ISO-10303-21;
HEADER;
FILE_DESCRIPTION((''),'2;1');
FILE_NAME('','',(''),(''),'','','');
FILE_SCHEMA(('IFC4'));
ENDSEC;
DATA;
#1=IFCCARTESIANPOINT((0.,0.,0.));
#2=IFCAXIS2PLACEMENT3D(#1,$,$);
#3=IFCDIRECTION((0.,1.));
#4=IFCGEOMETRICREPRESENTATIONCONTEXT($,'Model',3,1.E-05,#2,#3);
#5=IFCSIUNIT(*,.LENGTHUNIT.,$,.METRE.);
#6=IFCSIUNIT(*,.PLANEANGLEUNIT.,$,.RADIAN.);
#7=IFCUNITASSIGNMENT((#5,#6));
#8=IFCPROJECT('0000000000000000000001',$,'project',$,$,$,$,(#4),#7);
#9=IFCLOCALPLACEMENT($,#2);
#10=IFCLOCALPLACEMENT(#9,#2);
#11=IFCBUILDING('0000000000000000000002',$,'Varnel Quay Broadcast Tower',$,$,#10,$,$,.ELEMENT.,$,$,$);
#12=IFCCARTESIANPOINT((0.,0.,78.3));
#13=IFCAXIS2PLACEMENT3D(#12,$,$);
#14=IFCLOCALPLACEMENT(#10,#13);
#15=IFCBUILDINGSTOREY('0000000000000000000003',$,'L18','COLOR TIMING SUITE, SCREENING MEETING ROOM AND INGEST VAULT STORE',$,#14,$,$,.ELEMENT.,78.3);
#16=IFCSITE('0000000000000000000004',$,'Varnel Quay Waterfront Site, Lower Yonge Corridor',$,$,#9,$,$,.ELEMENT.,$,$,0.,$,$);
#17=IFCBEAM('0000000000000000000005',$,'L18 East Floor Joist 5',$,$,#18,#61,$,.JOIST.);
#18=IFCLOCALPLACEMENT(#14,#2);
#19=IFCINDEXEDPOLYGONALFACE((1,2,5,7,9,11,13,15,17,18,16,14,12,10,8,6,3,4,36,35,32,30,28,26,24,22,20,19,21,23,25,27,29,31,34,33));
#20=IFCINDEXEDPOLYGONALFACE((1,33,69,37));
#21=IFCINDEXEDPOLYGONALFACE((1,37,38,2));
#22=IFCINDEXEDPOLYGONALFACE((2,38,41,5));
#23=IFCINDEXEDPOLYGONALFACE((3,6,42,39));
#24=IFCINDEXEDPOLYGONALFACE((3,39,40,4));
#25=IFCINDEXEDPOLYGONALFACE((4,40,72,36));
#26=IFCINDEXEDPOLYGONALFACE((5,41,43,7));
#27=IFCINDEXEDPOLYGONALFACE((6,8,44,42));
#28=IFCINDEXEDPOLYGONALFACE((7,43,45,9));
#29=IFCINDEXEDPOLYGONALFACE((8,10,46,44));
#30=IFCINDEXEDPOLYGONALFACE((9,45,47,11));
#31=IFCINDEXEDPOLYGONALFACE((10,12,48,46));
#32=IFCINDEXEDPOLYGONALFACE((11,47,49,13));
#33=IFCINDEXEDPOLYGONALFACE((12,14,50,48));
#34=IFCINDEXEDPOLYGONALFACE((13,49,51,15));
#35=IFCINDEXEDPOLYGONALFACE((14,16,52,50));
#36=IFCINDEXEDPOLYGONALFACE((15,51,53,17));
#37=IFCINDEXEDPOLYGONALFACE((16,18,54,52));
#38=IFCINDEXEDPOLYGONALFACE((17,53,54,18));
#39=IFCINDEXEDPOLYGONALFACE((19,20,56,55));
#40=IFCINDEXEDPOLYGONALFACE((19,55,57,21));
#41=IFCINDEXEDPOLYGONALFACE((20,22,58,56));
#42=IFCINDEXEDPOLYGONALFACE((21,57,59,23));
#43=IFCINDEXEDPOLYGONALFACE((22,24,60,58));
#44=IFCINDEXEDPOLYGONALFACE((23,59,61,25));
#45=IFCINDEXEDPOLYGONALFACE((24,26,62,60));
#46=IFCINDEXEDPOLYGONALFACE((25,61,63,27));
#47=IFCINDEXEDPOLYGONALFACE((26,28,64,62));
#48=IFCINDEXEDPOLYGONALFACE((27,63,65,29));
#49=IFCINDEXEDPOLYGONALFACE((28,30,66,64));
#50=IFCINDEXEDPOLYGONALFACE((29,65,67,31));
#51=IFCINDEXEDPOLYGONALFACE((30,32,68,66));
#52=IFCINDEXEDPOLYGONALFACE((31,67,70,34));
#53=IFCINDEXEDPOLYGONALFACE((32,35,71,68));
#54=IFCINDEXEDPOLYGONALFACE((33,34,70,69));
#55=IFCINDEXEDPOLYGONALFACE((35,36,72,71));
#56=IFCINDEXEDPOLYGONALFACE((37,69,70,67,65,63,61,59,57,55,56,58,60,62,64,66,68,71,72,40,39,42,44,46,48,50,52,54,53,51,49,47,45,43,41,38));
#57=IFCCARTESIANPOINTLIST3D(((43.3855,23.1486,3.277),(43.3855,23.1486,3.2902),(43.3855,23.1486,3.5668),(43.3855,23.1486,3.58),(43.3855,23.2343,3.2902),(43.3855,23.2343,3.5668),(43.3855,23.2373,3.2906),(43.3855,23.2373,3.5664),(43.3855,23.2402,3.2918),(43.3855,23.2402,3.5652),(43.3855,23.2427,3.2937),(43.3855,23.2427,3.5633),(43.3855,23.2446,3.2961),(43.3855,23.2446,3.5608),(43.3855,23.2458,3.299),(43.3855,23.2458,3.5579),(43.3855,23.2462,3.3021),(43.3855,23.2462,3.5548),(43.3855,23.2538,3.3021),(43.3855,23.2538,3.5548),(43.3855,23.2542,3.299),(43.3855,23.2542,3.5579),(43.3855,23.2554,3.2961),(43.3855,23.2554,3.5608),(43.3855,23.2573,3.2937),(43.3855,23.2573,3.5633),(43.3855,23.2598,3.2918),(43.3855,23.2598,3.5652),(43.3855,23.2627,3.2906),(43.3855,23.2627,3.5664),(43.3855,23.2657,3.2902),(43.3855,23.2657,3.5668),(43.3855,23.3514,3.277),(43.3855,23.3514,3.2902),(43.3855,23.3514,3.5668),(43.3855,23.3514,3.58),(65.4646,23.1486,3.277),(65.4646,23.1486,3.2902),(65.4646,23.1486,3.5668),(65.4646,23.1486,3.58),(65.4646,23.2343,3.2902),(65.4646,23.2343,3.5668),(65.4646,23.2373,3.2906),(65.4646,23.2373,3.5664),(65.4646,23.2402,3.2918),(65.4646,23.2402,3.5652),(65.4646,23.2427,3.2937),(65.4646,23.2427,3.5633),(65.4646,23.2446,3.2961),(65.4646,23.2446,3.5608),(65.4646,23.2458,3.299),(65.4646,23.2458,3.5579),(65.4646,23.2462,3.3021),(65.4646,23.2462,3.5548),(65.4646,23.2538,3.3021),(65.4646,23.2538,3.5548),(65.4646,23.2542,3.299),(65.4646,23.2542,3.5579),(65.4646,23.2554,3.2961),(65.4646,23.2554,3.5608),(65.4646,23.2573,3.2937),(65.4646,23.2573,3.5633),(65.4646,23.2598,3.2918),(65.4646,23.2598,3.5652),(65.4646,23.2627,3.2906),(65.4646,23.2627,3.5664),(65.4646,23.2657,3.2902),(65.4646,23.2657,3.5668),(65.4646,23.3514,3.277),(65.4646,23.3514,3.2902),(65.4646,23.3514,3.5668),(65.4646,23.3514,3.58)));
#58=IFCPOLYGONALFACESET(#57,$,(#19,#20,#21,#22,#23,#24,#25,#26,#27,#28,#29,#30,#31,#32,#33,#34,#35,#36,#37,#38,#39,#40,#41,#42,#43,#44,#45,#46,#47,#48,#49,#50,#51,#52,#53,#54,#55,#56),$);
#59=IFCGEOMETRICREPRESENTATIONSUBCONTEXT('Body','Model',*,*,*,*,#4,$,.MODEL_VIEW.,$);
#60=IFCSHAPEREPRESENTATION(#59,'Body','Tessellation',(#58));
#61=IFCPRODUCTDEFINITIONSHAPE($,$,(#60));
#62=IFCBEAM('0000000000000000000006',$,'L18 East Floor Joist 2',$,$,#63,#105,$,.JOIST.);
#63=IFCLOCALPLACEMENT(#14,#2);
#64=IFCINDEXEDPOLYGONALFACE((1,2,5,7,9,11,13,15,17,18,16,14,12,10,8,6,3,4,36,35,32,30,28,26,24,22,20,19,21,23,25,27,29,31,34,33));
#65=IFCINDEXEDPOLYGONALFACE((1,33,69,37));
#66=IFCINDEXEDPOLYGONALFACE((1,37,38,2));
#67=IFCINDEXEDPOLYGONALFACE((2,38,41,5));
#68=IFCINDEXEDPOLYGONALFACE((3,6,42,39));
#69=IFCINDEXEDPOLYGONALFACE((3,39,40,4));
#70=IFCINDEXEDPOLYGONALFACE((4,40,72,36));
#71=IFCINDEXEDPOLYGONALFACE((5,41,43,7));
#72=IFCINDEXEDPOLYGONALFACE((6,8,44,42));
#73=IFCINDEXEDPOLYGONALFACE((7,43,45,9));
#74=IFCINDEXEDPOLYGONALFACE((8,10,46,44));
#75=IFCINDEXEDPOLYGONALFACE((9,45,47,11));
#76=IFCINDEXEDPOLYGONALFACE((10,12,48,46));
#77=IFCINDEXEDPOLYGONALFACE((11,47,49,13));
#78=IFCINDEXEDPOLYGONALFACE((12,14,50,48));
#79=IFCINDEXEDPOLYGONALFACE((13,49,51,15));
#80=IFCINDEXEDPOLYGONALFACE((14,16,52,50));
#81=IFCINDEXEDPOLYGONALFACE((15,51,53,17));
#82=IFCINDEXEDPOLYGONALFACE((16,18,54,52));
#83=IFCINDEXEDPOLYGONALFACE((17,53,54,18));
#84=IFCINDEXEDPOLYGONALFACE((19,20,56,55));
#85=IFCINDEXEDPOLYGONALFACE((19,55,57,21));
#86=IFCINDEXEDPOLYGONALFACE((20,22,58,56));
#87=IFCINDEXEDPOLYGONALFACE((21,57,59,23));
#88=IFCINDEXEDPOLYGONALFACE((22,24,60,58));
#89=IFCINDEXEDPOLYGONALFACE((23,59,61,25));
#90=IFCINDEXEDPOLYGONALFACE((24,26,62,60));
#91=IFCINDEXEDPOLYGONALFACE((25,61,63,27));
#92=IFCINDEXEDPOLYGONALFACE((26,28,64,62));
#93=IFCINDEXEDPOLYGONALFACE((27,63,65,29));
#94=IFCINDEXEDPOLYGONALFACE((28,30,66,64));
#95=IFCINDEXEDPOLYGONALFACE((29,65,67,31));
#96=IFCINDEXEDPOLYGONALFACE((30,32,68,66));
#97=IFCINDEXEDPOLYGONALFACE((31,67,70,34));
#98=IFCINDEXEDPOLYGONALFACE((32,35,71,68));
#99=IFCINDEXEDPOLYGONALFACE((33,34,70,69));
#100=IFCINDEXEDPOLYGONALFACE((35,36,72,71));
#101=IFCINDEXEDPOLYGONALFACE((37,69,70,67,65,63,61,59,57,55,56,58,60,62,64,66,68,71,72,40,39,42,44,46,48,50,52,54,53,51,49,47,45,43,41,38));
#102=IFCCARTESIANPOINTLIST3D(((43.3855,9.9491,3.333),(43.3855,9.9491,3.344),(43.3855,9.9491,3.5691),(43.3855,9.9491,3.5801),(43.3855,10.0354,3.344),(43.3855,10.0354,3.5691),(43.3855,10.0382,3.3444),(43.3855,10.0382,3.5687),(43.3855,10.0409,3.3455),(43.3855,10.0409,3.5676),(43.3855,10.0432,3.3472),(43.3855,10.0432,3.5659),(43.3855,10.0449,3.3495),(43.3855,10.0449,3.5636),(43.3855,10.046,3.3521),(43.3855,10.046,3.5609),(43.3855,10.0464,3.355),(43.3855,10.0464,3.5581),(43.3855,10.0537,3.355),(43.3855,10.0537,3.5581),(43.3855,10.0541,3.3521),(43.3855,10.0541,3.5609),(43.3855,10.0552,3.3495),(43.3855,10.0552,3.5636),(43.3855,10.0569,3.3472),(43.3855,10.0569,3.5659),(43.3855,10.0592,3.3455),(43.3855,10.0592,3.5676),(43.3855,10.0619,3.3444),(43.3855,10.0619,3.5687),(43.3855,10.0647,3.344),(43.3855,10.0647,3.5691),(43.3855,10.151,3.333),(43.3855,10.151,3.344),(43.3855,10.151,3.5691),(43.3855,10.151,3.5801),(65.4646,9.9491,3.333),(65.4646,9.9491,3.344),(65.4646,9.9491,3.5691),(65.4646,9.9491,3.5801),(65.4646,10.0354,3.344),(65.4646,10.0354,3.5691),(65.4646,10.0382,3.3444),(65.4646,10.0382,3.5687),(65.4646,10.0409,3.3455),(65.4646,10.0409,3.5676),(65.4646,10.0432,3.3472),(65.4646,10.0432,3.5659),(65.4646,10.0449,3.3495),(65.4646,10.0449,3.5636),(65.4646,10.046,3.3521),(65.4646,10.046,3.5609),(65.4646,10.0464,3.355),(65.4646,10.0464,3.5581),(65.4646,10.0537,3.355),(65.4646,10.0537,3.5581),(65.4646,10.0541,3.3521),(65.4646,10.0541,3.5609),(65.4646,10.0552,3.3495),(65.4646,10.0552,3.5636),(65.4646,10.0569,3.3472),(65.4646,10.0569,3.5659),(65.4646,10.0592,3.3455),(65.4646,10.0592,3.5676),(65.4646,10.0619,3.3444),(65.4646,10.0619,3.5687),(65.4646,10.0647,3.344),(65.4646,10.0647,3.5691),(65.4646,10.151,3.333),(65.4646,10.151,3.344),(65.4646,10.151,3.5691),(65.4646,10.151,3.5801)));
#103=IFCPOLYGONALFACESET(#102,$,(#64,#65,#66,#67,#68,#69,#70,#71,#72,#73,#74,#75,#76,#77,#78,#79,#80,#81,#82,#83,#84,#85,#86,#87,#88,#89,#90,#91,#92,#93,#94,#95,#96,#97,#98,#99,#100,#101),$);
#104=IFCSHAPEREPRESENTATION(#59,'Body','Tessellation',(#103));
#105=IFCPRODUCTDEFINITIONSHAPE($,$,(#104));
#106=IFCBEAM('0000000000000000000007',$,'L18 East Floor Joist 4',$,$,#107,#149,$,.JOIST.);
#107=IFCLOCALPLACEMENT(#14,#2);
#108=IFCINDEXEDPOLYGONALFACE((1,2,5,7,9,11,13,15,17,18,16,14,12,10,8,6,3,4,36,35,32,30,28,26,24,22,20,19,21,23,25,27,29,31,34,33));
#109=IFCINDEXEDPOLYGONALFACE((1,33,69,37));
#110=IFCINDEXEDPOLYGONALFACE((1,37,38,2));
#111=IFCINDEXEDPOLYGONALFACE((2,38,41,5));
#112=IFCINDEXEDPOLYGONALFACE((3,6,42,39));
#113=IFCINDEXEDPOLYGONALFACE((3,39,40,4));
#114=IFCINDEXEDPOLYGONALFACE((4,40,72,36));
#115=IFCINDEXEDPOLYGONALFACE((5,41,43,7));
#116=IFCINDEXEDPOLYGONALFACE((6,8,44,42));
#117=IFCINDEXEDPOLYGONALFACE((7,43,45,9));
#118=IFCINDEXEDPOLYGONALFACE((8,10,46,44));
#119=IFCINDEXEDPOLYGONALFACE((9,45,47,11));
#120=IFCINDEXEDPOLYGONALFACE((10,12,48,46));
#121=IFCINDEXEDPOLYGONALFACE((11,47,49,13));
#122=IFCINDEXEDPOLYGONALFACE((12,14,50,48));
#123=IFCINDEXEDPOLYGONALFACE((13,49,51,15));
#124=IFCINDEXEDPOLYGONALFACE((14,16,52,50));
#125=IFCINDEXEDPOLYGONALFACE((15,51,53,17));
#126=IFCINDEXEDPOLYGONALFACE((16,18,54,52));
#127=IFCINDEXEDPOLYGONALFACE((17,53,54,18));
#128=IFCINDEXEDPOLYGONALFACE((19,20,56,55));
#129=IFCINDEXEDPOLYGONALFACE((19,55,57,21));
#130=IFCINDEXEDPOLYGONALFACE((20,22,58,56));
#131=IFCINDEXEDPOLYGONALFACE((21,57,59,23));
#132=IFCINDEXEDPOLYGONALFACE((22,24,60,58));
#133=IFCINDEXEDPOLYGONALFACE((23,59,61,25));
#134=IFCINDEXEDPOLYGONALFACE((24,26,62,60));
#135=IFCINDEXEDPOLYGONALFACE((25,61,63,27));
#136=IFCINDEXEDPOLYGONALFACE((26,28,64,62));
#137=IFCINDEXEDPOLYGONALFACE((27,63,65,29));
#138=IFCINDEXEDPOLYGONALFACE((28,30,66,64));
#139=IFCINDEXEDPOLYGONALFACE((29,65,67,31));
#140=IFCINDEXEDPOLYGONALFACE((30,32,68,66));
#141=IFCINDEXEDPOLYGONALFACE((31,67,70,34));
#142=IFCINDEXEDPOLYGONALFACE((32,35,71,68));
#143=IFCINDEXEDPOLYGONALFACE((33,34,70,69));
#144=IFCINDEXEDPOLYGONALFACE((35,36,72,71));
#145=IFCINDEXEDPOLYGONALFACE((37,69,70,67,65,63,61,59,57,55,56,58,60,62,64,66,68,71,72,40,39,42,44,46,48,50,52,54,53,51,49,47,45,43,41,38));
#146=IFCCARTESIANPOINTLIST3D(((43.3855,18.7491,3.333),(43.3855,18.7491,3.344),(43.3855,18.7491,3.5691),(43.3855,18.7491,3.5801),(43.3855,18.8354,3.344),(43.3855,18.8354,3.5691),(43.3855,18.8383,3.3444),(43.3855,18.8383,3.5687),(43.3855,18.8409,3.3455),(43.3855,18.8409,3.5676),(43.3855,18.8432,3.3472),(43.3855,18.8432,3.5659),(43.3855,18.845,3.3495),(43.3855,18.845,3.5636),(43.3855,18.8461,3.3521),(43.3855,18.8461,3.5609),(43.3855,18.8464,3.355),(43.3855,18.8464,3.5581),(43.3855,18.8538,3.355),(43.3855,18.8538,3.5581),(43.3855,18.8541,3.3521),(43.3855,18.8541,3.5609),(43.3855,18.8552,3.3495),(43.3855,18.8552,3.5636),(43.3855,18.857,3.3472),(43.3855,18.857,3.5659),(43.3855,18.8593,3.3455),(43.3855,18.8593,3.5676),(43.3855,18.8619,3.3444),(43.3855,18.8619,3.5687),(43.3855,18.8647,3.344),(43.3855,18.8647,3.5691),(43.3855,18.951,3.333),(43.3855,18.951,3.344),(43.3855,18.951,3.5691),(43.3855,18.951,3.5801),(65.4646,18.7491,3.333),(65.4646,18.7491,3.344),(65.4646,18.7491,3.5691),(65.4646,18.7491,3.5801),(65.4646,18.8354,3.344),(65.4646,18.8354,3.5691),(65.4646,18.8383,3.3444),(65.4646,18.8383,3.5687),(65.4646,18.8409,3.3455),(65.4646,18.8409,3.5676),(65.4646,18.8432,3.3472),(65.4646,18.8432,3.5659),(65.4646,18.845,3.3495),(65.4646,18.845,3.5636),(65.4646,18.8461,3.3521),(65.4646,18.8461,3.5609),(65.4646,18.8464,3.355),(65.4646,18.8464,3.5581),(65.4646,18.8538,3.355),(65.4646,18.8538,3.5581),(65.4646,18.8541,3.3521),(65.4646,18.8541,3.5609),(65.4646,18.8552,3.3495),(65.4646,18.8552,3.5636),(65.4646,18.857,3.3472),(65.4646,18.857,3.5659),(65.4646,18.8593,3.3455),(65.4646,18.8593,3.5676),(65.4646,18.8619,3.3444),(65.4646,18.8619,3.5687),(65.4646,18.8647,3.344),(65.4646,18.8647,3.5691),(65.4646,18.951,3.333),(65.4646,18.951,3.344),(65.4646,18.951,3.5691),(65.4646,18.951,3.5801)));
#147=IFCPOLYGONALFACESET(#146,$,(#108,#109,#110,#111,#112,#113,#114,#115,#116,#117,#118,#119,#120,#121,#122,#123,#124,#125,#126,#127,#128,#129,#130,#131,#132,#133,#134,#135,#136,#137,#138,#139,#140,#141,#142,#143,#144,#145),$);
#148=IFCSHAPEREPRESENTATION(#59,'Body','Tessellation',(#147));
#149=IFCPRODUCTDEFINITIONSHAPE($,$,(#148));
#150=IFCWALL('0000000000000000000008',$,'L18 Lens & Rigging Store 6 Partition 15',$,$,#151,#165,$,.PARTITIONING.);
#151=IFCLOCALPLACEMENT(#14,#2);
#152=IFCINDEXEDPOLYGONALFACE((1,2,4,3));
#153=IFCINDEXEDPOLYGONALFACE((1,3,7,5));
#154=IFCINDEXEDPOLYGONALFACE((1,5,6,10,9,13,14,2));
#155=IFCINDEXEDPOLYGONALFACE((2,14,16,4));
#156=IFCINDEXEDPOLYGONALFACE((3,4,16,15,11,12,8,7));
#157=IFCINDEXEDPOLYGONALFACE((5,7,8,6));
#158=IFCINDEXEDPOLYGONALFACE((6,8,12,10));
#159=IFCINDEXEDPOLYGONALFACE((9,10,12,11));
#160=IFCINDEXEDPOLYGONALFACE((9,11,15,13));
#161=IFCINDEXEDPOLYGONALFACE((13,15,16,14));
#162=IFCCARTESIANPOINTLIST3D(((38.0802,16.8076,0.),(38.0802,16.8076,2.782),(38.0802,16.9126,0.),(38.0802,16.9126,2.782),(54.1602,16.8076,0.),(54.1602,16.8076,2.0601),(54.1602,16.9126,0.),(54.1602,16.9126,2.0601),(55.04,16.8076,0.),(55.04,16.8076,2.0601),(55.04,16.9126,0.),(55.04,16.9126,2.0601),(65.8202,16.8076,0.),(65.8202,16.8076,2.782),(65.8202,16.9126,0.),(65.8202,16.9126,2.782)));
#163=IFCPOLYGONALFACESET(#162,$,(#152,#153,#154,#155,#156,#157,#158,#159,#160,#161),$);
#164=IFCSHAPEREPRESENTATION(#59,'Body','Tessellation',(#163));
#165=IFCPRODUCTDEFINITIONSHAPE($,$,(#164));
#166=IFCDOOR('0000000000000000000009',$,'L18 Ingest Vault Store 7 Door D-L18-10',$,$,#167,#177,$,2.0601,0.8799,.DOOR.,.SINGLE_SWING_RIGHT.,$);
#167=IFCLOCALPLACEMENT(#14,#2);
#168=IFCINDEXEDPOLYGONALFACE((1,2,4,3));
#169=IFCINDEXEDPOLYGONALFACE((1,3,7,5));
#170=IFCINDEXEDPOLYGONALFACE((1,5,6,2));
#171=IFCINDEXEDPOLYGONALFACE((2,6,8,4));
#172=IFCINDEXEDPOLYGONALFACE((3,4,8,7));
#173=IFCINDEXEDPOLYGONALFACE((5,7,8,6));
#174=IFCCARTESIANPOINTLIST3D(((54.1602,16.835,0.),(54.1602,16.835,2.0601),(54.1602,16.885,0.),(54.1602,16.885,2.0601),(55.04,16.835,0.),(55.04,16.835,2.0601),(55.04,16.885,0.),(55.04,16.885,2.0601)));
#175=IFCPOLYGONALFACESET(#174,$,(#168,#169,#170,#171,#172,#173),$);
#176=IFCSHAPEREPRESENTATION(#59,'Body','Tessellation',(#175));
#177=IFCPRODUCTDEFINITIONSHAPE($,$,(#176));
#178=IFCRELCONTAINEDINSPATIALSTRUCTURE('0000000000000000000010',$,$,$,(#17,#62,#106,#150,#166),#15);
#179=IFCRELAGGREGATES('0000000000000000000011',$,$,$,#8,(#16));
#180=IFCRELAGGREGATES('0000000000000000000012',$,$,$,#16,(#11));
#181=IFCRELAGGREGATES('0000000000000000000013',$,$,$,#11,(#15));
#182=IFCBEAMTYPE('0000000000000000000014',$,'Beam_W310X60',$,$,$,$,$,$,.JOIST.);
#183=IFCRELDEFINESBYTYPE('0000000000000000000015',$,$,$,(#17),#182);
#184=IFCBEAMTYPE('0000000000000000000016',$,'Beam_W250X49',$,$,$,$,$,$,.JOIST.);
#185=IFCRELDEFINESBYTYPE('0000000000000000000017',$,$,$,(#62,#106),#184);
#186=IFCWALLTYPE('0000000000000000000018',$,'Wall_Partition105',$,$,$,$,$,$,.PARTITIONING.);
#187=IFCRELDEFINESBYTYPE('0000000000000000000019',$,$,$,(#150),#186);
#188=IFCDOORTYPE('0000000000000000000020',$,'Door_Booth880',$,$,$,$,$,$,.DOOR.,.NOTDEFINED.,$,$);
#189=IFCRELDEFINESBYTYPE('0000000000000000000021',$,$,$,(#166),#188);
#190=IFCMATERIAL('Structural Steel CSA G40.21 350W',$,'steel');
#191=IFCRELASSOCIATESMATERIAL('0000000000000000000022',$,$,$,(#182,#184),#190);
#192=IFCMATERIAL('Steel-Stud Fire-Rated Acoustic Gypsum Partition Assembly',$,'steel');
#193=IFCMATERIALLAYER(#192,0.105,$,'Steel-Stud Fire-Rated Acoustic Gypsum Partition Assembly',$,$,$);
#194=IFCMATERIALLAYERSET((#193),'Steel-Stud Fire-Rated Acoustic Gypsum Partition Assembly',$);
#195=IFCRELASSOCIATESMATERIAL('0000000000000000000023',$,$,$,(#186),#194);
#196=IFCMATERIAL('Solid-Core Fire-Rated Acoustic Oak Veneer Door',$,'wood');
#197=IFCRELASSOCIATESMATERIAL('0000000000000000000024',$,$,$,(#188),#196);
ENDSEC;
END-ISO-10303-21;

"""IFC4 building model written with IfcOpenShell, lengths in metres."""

from ifc_helpers import new_model, si_unit, direction, frame, frame_2d, origin, origin_2d, place, context, subcontext, project, spatial, rectangle, i_section, extrude, source, transform, mapped, material, layer, layer_set, material_profile, profile_set, type_object, type_shapes, element, fill, save


model = new_model("IFC4")

# Units and contexts
model_context = context("Model", 3, precision=1e-05, world=origin(), true_north=direction((0.0, 1.0)))
body_context = subcontext(model_context, "Body", "Model", "MODEL_VIEW")
ifc_project = project(units=[si_unit("LENGTHUNIT", "METRE"), si_unit("PLANEANGLEUNIT", "RADIAN")], contexts=[model_context])

# Site, building, storey
site_placement = place(None, origin())
site = spatial("IfcSite", under=ifc_project, at=site_placement, Name="Varnel Quay Waterfront Site, Lower Yonge Corridor", CompositionType="ELEMENT", RefElevation=0.0)
building_placement = place(site_placement, origin())
building = spatial("IfcBuilding", under=site, at=building_placement, Name="Varnel Quay Broadcast Tower", CompositionType="ELEMENT")
storey_placement = place(building_placement, frame((0.0, 0.0, 78.3)))
storey = spatial("IfcBuildingStorey", under=building, at=storey_placement, Name="L18", Description="COLOR TIMING SUITE, SCREENING MEETING ROOM AND INGEST VAULT STORE", CompositionType="ELEMENT", Elevation=78.3)

# Shared definitions
ifc_material_1 = material(Name="Structural Steel CSA G40.21 350W", Category="steel")

# Beams
ifc_material_profile_1 = material_profile(ifc_material_1, i_section(OverallWidth=0.2029, OverallDepth=0.303, WebThickness=0.0076, FlangeThickness=0.0132, FilletRadius=0.012, at=origin_2d()), Name="W310X60")
ifc_profile_set_1 = profile_set([ifc_material_profile_1], Name="Structural Steel CSA G40.21 350W")
beam_type_1 = type_object("IfcBeamType", Name="Beam_W310X60", PredefinedType="JOIST", material=ifc_profile_set_1)
shared_shape_1 = source(origin(), body_context, "Body", "SweptSolid", [
    extrude(i_section(OverallWidth=0.2029, OverallDepth=0.303, WebThickness=0.0076, FlangeThickness=0.0132, FilletRadius=0.012, at=origin_2d()), origin(), (0.0, 0.0, 1.0), 22.0791),
])
type_shapes(beam_type_1, [shared_shape_1])
for number, where, z_axis, x_axis, name in (
    (1, (43.3855, 23.25, 3.4285), (1.0, 0.0, 0.0), (0.0, 1.0, 0.0), "L18 East Floor Joist 5"),
):
    element("IfcBeam", number, at=place(storey_placement, frame(where, z_axis=z_axis, x_axis=x_axis)), inside=storey, type_object=beam_type_1, Name=name, PredefinedType="JOIST", context=body_context, shape_type="MappedRepresentation", body=[
        mapped(shared_shape_1, transform((0.0, 0.0, 0.0), x_axis=(1.0, 0.0, 0.0), y_axis=(0.0, 1.0, 0.0), z_axis=(0.0, 0.0, 1.0), scale=1.0)),
    ])
ifc_material_profile_2 = material_profile(ifc_material_1, i_section(OverallWidth=0.2019, OverallDepth=0.2471, WebThickness=0.0073, FlangeThickness=0.011, FilletRadius=0.011, at=origin_2d()), Name="W250X49")
ifc_profile_set_2 = profile_set([ifc_material_profile_2], Name="Structural Steel CSA G40.21 350W")
beam_type_2 = type_object("IfcBeamType", Name="Beam_W250X49", PredefinedType="JOIST", material=ifc_profile_set_2)
shared_shape_2 = source(origin(), body_context, "Body", "SweptSolid", [
    extrude(i_section(OverallWidth=0.2019, OverallDepth=0.2471, WebThickness=0.0073, FlangeThickness=0.011, FilletRadius=0.011, at=origin_2d()), origin(), (0.0, 0.0, 1.0), 22.0791),
])
type_shapes(beam_type_2, [shared_shape_2])
for number, where, z_axis, x_axis, name in (
    (2, (43.3855, 10.05, 3.4565), (1.0, 0.0, 0.0), (0.0, 1.0, 0.0), "L18 East Floor Joist 2"),
    (3, (43.3855, 18.8501, 3.4565), (1.0, 0.0, 0.0), (0.0, 1.0, 0.0), "L18 East Floor Joist 4"),
):
    element("IfcBeam", number, at=place(storey_placement, frame(where, z_axis=z_axis, x_axis=x_axis)), inside=storey, type_object=beam_type_2, Name=name, PredefinedType="JOIST", context=body_context, shape_type="MappedRepresentation", body=[
        mapped(shared_shape_2, transform((0.0, 0.0, 0.0), x_axis=(1.0, 0.0, 0.0), y_axis=(0.0, 1.0, 0.0), z_axis=(0.0, 0.0, 1.0), scale=1.0)),
    ])

# Wall, opening, door
ifc_material_2 = material(Name="Steel-Stud Fire-Rated Acoustic Gypsum Partition Assembly", Category="steel")
ifc_layer_1 = layer(ifc_material_2, 0.105, Name="Steel-Stud Fire-Rated Acoustic Gypsum Partition Assembly")
ifc_layer_set_1 = layer_set([ifc_layer_1], Name="Steel-Stud Fire-Rated Acoustic Gypsum Partition Assembly")
wall_type_1 = type_object("IfcWallType", Name="Wall_Partition105", PredefinedType="PARTITIONING", material=ifc_layer_set_1)
wall_1_placement = place(storey_placement, frame((38.0801, 16.8601, 0.0), z_axis=(0.0, 0.0, 1.0), x_axis=(1.0, 0.0, 0.0)))
wall_1 = element("IfcWall", 4, at=wall_1_placement, inside=storey, type_object=wall_type_1, Name="L18 Lens & Rigging Store 6 Partition 15", PredefinedType="PARTITIONING", context=body_context, shape_type="SweptSolid", body=[
    extrude(rectangle(XDim=27.74, YDim=0.105, at=frame_2d((13.8701, 0.0))), origin(), (0.0, 0.0, 1.0), 2.782),
])
opening_1_placement = place(wall_1_placement, frame((16.0801, 0.0, 0.0)))
opening_1 = element("IfcOpeningElement", 5, at=opening_1_placement, cuts=wall_1, PredefinedType="OPENING", context=body_context, shape_type="SweptSolid", body=[
    extrude(rectangle(XDim=0.8799, YDim=2.0601, at=frame_2d((0.4399, 1.03))), frame((0.0, 0.0625, 0.0), z_axis=(0.0, -1.0, 0.0), x_axis=(1.0, 0.0, 0.0)), (0.0, 0.0, 1.0), 0.125),
])
ifc_material_3 = material(Name="Solid-Core Fire-Rated Acoustic Oak Veneer Door", Category="wood")
door_type = type_object("IfcDoorType", Name="Door_Booth880", OperationType="NOTDEFINED", PredefinedType="DOOR", material=ifc_material_3)
shared_shape_3 = source(origin(), body_context, "Body", "SweptSolid", [
    extrude(rectangle(XDim=0.8799, YDim=2.0601, at=frame_2d((0.4399, 1.03))), frame((0.0, 0.0249, 0.0), z_axis=(0.0, -1.0, 0.0), x_axis=(1.0, 0.0, 0.0)), (0.0, 0.0, 1.0), 0.05),
])
type_shapes(door_type, [shared_shape_3])
door_1_placement = place(opening_1_placement, origin())
door_1 = element("IfcDoor", 6, at=door_1_placement, inside=storey, type_object=door_type, Name="L18 Ingest Vault Store 7 Door D-L18-10", OperationType="SINGLE_SWING_RIGHT", OverallHeight=2.0601, OverallWidth=0.8799, PredefinedType="DOOR", context=body_context, shape_type="MappedRepresentation", body=[
    mapped(shared_shape_3, transform((0.0, 0.0, 0.0), x_axis=(1.0, 0.0, 0.0), y_axis=(0.0, 1.0, 0.0), z_axis=(0.0, 0.0, 1.0), scale=1.0)),
])
fill(opening_1, door_1)

save(model, "model.ifc")
